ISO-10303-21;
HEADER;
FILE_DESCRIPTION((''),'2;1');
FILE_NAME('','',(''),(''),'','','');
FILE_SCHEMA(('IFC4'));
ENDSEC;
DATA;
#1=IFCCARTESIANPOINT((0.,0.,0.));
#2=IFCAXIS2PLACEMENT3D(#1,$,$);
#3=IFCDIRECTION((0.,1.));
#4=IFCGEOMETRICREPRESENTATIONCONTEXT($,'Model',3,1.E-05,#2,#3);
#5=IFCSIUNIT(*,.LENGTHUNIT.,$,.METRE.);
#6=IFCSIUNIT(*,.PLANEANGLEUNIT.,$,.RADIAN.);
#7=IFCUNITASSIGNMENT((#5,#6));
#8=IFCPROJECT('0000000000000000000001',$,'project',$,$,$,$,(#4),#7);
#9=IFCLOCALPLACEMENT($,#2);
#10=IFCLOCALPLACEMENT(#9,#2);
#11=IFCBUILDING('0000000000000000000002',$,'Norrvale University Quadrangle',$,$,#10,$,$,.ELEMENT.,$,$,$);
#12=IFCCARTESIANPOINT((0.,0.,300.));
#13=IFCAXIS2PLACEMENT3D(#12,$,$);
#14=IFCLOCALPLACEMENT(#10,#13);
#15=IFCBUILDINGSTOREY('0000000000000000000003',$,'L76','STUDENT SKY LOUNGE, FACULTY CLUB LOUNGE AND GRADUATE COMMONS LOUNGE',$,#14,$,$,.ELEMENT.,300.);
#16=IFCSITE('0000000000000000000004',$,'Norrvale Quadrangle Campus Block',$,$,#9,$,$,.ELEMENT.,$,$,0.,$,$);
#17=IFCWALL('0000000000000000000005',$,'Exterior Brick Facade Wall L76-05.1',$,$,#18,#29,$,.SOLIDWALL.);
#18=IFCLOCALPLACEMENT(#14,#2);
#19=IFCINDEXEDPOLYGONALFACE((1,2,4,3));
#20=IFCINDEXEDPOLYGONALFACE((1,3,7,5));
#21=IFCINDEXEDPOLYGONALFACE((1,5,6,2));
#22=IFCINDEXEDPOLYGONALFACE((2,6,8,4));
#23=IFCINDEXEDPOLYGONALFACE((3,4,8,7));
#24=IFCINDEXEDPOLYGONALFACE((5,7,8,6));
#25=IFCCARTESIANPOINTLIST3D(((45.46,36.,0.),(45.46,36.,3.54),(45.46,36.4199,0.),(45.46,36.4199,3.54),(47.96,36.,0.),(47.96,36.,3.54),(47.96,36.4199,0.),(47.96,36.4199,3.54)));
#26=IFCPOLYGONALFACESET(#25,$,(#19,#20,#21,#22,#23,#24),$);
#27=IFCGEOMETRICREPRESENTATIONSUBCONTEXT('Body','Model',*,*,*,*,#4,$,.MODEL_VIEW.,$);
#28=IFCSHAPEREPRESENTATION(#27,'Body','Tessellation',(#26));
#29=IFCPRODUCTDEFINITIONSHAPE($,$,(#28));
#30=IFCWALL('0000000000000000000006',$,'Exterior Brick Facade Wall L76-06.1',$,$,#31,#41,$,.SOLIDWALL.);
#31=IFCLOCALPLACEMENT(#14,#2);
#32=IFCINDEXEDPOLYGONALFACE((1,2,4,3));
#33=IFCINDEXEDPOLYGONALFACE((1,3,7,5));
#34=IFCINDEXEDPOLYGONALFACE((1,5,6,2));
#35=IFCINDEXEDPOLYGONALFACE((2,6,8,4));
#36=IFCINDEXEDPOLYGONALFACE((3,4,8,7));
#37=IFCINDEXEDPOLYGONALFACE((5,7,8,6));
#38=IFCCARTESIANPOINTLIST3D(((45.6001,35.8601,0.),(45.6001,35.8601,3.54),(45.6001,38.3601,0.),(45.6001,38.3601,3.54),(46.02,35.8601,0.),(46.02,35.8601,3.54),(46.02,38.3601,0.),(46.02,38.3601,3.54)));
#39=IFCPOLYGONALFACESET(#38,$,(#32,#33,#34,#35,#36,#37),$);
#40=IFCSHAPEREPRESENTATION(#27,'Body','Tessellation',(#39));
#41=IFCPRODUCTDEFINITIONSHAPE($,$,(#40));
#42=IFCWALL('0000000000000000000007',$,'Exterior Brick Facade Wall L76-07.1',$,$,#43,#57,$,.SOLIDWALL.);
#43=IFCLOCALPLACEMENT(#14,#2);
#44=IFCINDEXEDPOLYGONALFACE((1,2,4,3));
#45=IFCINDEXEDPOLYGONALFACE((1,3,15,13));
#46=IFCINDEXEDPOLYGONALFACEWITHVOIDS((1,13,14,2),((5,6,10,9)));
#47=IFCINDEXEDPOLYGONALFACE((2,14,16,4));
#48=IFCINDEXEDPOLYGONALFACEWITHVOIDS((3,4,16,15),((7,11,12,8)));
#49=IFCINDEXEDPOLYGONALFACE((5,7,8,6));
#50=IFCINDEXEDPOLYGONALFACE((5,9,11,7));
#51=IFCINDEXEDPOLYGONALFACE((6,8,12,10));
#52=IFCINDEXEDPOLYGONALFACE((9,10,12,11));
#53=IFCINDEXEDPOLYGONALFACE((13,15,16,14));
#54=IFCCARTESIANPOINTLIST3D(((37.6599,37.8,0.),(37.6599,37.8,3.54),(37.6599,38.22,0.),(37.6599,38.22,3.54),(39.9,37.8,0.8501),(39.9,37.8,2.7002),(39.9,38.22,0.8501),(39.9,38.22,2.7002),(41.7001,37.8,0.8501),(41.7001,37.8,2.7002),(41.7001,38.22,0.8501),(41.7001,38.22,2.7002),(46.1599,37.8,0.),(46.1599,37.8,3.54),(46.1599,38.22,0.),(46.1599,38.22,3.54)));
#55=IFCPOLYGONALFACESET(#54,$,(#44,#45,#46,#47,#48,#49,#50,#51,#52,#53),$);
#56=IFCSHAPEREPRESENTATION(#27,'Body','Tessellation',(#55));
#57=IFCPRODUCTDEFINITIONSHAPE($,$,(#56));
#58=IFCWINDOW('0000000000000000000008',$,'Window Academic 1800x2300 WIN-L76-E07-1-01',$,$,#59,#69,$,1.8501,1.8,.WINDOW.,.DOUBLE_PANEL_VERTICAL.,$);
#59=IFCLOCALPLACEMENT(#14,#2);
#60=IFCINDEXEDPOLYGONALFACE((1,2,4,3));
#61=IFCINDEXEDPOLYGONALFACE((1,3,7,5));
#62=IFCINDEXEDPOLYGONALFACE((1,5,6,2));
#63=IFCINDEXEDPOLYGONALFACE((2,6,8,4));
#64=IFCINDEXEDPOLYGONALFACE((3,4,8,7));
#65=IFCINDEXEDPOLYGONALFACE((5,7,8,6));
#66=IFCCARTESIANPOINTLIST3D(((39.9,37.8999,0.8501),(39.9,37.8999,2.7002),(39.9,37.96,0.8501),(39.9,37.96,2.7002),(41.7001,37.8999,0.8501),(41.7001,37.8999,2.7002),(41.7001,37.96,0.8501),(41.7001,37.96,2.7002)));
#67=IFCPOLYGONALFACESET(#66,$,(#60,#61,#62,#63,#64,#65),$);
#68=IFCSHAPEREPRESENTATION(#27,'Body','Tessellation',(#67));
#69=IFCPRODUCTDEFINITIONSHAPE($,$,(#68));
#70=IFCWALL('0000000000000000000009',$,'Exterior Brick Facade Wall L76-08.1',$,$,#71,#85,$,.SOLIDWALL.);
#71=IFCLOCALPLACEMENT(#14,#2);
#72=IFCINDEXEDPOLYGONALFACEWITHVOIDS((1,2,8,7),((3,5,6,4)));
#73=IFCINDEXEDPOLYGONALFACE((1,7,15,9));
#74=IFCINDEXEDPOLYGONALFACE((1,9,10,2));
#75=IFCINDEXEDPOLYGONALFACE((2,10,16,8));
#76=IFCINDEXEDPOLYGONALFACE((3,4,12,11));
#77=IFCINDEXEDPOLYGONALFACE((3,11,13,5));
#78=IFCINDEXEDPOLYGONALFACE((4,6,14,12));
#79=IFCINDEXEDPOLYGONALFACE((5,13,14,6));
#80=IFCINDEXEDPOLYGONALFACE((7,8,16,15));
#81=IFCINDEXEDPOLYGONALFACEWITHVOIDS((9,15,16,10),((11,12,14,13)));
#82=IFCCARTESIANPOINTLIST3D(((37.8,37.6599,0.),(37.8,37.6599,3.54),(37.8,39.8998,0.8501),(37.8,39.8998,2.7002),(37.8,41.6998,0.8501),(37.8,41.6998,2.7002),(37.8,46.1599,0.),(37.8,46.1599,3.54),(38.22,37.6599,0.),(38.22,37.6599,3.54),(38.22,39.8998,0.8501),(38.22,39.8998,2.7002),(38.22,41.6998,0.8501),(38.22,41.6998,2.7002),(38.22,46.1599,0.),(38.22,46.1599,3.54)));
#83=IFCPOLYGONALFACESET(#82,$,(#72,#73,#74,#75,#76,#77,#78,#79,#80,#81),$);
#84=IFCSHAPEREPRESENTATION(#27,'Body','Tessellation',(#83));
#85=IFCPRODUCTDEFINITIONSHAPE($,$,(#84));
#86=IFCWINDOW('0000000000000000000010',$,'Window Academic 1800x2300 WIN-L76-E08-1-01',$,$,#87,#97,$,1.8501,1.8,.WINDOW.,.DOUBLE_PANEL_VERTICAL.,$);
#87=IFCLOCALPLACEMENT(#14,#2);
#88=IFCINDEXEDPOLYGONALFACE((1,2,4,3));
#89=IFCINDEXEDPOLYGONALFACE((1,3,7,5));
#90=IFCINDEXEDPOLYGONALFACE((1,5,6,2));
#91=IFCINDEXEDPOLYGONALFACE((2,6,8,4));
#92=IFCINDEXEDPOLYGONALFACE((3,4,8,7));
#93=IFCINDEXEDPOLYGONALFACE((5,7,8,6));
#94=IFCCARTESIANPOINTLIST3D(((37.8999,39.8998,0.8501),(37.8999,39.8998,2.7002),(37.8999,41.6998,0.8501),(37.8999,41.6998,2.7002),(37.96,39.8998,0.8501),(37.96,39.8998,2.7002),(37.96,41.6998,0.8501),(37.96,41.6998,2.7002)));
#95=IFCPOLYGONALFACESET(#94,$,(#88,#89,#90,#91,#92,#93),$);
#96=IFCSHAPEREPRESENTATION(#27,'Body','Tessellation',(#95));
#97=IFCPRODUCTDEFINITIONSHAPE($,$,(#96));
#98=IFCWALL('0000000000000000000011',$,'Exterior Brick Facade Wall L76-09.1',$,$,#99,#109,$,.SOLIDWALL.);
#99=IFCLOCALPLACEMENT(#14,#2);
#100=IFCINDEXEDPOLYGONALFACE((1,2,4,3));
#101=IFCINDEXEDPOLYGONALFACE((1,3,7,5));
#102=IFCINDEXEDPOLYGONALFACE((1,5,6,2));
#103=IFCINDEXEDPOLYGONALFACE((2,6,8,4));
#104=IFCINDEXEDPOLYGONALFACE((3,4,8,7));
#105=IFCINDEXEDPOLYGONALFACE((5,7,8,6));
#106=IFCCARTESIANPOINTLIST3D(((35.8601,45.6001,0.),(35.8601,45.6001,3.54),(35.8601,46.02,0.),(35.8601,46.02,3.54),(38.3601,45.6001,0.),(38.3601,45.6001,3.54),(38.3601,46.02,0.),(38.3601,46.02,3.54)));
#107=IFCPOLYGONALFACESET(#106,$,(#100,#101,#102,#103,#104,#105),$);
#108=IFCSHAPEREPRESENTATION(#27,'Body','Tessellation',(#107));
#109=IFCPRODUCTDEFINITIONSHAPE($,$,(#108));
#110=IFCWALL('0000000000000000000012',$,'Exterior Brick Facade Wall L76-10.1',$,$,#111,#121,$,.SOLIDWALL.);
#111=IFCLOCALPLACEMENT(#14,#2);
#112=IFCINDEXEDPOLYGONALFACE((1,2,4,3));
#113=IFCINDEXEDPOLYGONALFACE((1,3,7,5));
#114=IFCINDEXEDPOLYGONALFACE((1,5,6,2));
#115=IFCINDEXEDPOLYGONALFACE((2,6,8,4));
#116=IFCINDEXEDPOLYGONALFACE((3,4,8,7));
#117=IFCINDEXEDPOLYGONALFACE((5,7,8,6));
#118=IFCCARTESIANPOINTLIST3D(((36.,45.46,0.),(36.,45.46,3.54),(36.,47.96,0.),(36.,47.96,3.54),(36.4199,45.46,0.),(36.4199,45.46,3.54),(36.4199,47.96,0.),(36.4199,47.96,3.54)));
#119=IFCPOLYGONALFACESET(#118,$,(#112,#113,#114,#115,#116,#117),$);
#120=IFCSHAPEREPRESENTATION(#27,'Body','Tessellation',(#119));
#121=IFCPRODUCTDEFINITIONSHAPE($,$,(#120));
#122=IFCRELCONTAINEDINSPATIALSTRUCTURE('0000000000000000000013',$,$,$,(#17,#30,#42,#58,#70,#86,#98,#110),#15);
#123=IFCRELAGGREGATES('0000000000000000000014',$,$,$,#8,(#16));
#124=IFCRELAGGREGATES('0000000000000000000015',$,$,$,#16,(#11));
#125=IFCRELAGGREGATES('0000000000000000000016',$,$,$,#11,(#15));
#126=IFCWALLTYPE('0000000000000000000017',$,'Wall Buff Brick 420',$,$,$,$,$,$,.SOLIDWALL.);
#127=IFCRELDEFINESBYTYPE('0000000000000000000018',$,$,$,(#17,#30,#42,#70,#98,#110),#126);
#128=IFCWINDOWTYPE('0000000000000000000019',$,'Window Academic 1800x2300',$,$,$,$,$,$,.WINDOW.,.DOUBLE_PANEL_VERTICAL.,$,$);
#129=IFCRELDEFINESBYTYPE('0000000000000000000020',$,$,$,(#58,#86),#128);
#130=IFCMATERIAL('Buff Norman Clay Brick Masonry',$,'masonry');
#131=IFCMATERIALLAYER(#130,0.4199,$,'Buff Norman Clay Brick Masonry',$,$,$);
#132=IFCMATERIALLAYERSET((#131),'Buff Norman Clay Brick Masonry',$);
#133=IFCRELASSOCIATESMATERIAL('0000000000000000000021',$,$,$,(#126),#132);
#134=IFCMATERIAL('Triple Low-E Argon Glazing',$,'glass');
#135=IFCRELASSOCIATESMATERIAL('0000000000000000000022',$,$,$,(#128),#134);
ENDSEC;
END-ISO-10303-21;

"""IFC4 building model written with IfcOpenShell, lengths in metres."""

from ifc_helpers import new_model, si_unit, direction, frame, frame_2d, origin, place, context, subcontext, project, spatial, rectangle, extrude, material, layer, layer_set, type_object, element, fill, save


model = new_model("IFC4")

# Units and contexts
model_context = context("Model", 3, precision=1e-05, world=origin(), true_north=direction((0.0, 1.0)))
body_context = subcontext(model_context, "Body", "Model", "MODEL_VIEW")
ifc_project = project(units=[si_unit("LENGTHUNIT", "METRE"), si_unit("PLANEANGLEUNIT", "RADIAN")], contexts=[model_context])

# Site, building, storey
site_placement = place(None, origin())
site = spatial("IfcSite", under=ifc_project, at=site_placement, Name="Norrvale Quadrangle Campus Block", CompositionType="ELEMENT", RefElevation=0.0)
building_placement = place(site_placement, origin())
building = spatial("IfcBuilding", under=site, at=building_placement, Name="Norrvale University Quadrangle", CompositionType="ELEMENT")
storey_placement = place(building_placement, frame((0.0, 0.0, 300.0)))
storey = spatial("IfcBuildingStorey", under=building, at=storey_placement, Name="L76", Description="STUDENT SKY LOUNGE, FACULTY CLUB LOUNGE AND GRADUATE COMMONS LOUNGE", CompositionType="ELEMENT", Elevation=300.0)

# Walls
ifc_material_1 = material(Name="Buff Norman Clay Brick Masonry", Category="masonry")
ifc_layer_1 = layer(ifc_material_1, 0.4199, Name="Buff Norman Clay Brick Masonry")
ifc_layer_set_1 = layer_set([ifc_layer_1], Name="Buff Norman Clay Brick Masonry")
wall_type_1 = type_object("IfcWallType", Name="Wall Buff Brick 420", PredefinedType="SOLIDWALL", material=ifc_layer_set_1)
for number, where, z_axis, x_axis, name in (
    (1, (47.96, 36.21, 0.0), (0.0, 0.0, 1.0), (-1.0, 0.0, 0.0), "Exterior Brick Facade Wall L76-05.1"),
    (2, (45.8101, 35.8601, 0.0), (0.0, 0.0, 1.0), (0.0, 1.0, 0.0), "Exterior Brick Facade Wall L76-06.1"),
):
    element("IfcWall", number, at=place(storey_placement, frame(where, z_axis=z_axis, x_axis=x_axis)), inside=storey, type_object=wall_type_1, Name=name, PredefinedType="SOLIDWALL", context=body_context, shape_type="SweptSolid", body=[
        extrude(rectangle(XDim=2.5, YDim=0.4199, at=frame_2d((1.25, 0.0))), origin(), (0.0, 0.0, 1.0), 3.54),
    ])

# Walls, openings, windows
wall_1_placement = place(storey_placement, frame((46.1599, 38.01, 0.0), z_axis=(0.0, 0.0, 1.0), x_axis=(-1.0, 0.0, 0.0)))
wall_1 = element("IfcWall", 3, at=wall_1_placement, inside=storey, type_object=wall_type_1, Name="Exterior Brick Facade Wall L76-07.1", PredefinedType="SOLIDWALL", context=body_context, shape_type="SweptSolid", body=[
    extrude(rectangle(XDim=8.5, YDim=0.4199, at=frame_2d((4.25, 0.0))), origin(), (0.0, 0.0, 1.0), 3.54),
])
opening_1_placement = place(wall_1_placement, frame((4.46, 0.0, 0.8501)))
opening_1 = element("IfcOpeningElement", 4, at=opening_1_placement, cuts=wall_1, PredefinedType="OPENING", context=body_context, shape_type="SweptSolid", body=[
    extrude(rectangle(XDim=1.8, YDim=1.8501, at=frame_2d((0.8999, 0.925))), frame((0.0, 0.2219, 0.0), z_axis=(0.0, -1.0, 0.0), x_axis=(1.0, 0.0, 0.0)), (0.0, 0.0, 1.0), 0.4438),
])
ifc_material_2 = material(Name="Triple Low-E Argon Glazing", Category="glass")
window_type_1 = type_object("IfcWindowType", Name="Window Academic 1800x2300", PartitioningType="DOUBLE_PANEL_VERTICAL", PredefinedType="WINDOW", material=ifc_material_2)
window_1_placement = place(opening_1_placement, origin())
window_1 = element("IfcWindow", 5, at=window_1_placement, inside=storey, type_object=window_type_1, Name="Window Academic 1800x2300 WIN-L76-E07-1-01", OverallHeight=1.8501, OverallWidth=1.8, PartitioningType="DOUBLE_PANEL_VERTICAL", PredefinedType="WINDOW", context=body_context, shape_type="SweptSolid", body=[
    extrude(rectangle(XDim=1.8, YDim=1.8501, at=frame_2d((0.8999, 0.925))), frame((0.0, 0.1101, 0.0), z_axis=(0.0, -1.0, 0.0), x_axis=(1.0, 0.0, 0.0)), (0.0, 0.0, 1.0), 0.0601),
])
fill(opening_1, window_1)
wall_2_placement = place(storey_placement, frame((38.01, 37.6599, 0.0), z_axis=(0.0, 0.0, 1.0), x_axis=(0.0, 1.0, 0.0)))
wall_2 = element("IfcWall", 6, at=wall_2_placement, inside=storey, type_object=wall_type_1, Name="Exterior Brick Facade Wall L76-08.1", PredefinedType="SOLIDWALL", context=body_context, shape_type="SweptSolid", body=[
    extrude(rectangle(XDim=8.5, YDim=0.4199, at=frame_2d((4.25, 0.0))), origin(), (0.0, 0.0, 1.0), 3.54),
])
opening_2_placement = place(wall_2_placement, frame((2.24, 0.0, 0.8501)))
opening_2 = element("IfcOpeningElement", 7, at=opening_2_placement, cuts=wall_2, PredefinedType="OPENING", context=body_context, shape_type="SweptSolid", body=[
    extrude(rectangle(XDim=1.8, YDim=1.8501, at=frame_2d((0.8999, 0.925))), frame((0.0, 0.2219, 0.0), z_axis=(0.0, -1.0, 0.0), x_axis=(1.0, 0.0, 0.0)), (0.0, 0.0, 1.0), 0.4438),
])
window_2_placement = place(opening_2_placement, origin())
window_2 = element("IfcWindow", 8, at=window_2_placement, inside=storey, type_object=window_type_1, Name="Window Academic 1800x2300 WIN-L76-E08-1-01", OverallHeight=1.8501, OverallWidth=1.8, PartitioningType="DOUBLE_PANEL_VERTICAL", PredefinedType="WINDOW", context=body_context, shape_type="SweptSolid", body=[
    extrude(rectangle(XDim=1.8, YDim=1.8501, at=frame_2d((0.8999, 0.925))), frame((0.0, 0.1101, 0.0), z_axis=(0.0, -1.0, 0.0), x_axis=(1.0, 0.0, 0.0)), (0.0, 0.0, 1.0), 0.0601),
])
fill(opening_2, window_2)

# Walls
for number, where, z_axis, x_axis, name in (
    (9, (38.3601, 45.8101, 0.0), (0.0, 0.0, 1.0), (-1.0, 0.0, 0.0), "Exterior Brick Facade Wall L76-09.1"),
    (10, (36.21, 45.46, 0.0), (0.0, 0.0, 1.0), (0.0, 1.0, 0.0), "Exterior Brick Facade Wall L76-10.1"),
):
    element("IfcWall", number, at=place(storey_placement, frame(where, z_axis=z_axis, x_axis=x_axis)), inside=storey, type_object=wall_type_1, Name=name, PredefinedType="SOLIDWALL", context=body_context, shape_type="SweptSolid", body=[
        extrude(rectangle(XDim=2.5, YDim=0.4199, at=frame_2d((1.25, 0.0))), origin(), (0.0, 0.0, 1.0), 3.54),
    ])

save(model, "model.ifc")
